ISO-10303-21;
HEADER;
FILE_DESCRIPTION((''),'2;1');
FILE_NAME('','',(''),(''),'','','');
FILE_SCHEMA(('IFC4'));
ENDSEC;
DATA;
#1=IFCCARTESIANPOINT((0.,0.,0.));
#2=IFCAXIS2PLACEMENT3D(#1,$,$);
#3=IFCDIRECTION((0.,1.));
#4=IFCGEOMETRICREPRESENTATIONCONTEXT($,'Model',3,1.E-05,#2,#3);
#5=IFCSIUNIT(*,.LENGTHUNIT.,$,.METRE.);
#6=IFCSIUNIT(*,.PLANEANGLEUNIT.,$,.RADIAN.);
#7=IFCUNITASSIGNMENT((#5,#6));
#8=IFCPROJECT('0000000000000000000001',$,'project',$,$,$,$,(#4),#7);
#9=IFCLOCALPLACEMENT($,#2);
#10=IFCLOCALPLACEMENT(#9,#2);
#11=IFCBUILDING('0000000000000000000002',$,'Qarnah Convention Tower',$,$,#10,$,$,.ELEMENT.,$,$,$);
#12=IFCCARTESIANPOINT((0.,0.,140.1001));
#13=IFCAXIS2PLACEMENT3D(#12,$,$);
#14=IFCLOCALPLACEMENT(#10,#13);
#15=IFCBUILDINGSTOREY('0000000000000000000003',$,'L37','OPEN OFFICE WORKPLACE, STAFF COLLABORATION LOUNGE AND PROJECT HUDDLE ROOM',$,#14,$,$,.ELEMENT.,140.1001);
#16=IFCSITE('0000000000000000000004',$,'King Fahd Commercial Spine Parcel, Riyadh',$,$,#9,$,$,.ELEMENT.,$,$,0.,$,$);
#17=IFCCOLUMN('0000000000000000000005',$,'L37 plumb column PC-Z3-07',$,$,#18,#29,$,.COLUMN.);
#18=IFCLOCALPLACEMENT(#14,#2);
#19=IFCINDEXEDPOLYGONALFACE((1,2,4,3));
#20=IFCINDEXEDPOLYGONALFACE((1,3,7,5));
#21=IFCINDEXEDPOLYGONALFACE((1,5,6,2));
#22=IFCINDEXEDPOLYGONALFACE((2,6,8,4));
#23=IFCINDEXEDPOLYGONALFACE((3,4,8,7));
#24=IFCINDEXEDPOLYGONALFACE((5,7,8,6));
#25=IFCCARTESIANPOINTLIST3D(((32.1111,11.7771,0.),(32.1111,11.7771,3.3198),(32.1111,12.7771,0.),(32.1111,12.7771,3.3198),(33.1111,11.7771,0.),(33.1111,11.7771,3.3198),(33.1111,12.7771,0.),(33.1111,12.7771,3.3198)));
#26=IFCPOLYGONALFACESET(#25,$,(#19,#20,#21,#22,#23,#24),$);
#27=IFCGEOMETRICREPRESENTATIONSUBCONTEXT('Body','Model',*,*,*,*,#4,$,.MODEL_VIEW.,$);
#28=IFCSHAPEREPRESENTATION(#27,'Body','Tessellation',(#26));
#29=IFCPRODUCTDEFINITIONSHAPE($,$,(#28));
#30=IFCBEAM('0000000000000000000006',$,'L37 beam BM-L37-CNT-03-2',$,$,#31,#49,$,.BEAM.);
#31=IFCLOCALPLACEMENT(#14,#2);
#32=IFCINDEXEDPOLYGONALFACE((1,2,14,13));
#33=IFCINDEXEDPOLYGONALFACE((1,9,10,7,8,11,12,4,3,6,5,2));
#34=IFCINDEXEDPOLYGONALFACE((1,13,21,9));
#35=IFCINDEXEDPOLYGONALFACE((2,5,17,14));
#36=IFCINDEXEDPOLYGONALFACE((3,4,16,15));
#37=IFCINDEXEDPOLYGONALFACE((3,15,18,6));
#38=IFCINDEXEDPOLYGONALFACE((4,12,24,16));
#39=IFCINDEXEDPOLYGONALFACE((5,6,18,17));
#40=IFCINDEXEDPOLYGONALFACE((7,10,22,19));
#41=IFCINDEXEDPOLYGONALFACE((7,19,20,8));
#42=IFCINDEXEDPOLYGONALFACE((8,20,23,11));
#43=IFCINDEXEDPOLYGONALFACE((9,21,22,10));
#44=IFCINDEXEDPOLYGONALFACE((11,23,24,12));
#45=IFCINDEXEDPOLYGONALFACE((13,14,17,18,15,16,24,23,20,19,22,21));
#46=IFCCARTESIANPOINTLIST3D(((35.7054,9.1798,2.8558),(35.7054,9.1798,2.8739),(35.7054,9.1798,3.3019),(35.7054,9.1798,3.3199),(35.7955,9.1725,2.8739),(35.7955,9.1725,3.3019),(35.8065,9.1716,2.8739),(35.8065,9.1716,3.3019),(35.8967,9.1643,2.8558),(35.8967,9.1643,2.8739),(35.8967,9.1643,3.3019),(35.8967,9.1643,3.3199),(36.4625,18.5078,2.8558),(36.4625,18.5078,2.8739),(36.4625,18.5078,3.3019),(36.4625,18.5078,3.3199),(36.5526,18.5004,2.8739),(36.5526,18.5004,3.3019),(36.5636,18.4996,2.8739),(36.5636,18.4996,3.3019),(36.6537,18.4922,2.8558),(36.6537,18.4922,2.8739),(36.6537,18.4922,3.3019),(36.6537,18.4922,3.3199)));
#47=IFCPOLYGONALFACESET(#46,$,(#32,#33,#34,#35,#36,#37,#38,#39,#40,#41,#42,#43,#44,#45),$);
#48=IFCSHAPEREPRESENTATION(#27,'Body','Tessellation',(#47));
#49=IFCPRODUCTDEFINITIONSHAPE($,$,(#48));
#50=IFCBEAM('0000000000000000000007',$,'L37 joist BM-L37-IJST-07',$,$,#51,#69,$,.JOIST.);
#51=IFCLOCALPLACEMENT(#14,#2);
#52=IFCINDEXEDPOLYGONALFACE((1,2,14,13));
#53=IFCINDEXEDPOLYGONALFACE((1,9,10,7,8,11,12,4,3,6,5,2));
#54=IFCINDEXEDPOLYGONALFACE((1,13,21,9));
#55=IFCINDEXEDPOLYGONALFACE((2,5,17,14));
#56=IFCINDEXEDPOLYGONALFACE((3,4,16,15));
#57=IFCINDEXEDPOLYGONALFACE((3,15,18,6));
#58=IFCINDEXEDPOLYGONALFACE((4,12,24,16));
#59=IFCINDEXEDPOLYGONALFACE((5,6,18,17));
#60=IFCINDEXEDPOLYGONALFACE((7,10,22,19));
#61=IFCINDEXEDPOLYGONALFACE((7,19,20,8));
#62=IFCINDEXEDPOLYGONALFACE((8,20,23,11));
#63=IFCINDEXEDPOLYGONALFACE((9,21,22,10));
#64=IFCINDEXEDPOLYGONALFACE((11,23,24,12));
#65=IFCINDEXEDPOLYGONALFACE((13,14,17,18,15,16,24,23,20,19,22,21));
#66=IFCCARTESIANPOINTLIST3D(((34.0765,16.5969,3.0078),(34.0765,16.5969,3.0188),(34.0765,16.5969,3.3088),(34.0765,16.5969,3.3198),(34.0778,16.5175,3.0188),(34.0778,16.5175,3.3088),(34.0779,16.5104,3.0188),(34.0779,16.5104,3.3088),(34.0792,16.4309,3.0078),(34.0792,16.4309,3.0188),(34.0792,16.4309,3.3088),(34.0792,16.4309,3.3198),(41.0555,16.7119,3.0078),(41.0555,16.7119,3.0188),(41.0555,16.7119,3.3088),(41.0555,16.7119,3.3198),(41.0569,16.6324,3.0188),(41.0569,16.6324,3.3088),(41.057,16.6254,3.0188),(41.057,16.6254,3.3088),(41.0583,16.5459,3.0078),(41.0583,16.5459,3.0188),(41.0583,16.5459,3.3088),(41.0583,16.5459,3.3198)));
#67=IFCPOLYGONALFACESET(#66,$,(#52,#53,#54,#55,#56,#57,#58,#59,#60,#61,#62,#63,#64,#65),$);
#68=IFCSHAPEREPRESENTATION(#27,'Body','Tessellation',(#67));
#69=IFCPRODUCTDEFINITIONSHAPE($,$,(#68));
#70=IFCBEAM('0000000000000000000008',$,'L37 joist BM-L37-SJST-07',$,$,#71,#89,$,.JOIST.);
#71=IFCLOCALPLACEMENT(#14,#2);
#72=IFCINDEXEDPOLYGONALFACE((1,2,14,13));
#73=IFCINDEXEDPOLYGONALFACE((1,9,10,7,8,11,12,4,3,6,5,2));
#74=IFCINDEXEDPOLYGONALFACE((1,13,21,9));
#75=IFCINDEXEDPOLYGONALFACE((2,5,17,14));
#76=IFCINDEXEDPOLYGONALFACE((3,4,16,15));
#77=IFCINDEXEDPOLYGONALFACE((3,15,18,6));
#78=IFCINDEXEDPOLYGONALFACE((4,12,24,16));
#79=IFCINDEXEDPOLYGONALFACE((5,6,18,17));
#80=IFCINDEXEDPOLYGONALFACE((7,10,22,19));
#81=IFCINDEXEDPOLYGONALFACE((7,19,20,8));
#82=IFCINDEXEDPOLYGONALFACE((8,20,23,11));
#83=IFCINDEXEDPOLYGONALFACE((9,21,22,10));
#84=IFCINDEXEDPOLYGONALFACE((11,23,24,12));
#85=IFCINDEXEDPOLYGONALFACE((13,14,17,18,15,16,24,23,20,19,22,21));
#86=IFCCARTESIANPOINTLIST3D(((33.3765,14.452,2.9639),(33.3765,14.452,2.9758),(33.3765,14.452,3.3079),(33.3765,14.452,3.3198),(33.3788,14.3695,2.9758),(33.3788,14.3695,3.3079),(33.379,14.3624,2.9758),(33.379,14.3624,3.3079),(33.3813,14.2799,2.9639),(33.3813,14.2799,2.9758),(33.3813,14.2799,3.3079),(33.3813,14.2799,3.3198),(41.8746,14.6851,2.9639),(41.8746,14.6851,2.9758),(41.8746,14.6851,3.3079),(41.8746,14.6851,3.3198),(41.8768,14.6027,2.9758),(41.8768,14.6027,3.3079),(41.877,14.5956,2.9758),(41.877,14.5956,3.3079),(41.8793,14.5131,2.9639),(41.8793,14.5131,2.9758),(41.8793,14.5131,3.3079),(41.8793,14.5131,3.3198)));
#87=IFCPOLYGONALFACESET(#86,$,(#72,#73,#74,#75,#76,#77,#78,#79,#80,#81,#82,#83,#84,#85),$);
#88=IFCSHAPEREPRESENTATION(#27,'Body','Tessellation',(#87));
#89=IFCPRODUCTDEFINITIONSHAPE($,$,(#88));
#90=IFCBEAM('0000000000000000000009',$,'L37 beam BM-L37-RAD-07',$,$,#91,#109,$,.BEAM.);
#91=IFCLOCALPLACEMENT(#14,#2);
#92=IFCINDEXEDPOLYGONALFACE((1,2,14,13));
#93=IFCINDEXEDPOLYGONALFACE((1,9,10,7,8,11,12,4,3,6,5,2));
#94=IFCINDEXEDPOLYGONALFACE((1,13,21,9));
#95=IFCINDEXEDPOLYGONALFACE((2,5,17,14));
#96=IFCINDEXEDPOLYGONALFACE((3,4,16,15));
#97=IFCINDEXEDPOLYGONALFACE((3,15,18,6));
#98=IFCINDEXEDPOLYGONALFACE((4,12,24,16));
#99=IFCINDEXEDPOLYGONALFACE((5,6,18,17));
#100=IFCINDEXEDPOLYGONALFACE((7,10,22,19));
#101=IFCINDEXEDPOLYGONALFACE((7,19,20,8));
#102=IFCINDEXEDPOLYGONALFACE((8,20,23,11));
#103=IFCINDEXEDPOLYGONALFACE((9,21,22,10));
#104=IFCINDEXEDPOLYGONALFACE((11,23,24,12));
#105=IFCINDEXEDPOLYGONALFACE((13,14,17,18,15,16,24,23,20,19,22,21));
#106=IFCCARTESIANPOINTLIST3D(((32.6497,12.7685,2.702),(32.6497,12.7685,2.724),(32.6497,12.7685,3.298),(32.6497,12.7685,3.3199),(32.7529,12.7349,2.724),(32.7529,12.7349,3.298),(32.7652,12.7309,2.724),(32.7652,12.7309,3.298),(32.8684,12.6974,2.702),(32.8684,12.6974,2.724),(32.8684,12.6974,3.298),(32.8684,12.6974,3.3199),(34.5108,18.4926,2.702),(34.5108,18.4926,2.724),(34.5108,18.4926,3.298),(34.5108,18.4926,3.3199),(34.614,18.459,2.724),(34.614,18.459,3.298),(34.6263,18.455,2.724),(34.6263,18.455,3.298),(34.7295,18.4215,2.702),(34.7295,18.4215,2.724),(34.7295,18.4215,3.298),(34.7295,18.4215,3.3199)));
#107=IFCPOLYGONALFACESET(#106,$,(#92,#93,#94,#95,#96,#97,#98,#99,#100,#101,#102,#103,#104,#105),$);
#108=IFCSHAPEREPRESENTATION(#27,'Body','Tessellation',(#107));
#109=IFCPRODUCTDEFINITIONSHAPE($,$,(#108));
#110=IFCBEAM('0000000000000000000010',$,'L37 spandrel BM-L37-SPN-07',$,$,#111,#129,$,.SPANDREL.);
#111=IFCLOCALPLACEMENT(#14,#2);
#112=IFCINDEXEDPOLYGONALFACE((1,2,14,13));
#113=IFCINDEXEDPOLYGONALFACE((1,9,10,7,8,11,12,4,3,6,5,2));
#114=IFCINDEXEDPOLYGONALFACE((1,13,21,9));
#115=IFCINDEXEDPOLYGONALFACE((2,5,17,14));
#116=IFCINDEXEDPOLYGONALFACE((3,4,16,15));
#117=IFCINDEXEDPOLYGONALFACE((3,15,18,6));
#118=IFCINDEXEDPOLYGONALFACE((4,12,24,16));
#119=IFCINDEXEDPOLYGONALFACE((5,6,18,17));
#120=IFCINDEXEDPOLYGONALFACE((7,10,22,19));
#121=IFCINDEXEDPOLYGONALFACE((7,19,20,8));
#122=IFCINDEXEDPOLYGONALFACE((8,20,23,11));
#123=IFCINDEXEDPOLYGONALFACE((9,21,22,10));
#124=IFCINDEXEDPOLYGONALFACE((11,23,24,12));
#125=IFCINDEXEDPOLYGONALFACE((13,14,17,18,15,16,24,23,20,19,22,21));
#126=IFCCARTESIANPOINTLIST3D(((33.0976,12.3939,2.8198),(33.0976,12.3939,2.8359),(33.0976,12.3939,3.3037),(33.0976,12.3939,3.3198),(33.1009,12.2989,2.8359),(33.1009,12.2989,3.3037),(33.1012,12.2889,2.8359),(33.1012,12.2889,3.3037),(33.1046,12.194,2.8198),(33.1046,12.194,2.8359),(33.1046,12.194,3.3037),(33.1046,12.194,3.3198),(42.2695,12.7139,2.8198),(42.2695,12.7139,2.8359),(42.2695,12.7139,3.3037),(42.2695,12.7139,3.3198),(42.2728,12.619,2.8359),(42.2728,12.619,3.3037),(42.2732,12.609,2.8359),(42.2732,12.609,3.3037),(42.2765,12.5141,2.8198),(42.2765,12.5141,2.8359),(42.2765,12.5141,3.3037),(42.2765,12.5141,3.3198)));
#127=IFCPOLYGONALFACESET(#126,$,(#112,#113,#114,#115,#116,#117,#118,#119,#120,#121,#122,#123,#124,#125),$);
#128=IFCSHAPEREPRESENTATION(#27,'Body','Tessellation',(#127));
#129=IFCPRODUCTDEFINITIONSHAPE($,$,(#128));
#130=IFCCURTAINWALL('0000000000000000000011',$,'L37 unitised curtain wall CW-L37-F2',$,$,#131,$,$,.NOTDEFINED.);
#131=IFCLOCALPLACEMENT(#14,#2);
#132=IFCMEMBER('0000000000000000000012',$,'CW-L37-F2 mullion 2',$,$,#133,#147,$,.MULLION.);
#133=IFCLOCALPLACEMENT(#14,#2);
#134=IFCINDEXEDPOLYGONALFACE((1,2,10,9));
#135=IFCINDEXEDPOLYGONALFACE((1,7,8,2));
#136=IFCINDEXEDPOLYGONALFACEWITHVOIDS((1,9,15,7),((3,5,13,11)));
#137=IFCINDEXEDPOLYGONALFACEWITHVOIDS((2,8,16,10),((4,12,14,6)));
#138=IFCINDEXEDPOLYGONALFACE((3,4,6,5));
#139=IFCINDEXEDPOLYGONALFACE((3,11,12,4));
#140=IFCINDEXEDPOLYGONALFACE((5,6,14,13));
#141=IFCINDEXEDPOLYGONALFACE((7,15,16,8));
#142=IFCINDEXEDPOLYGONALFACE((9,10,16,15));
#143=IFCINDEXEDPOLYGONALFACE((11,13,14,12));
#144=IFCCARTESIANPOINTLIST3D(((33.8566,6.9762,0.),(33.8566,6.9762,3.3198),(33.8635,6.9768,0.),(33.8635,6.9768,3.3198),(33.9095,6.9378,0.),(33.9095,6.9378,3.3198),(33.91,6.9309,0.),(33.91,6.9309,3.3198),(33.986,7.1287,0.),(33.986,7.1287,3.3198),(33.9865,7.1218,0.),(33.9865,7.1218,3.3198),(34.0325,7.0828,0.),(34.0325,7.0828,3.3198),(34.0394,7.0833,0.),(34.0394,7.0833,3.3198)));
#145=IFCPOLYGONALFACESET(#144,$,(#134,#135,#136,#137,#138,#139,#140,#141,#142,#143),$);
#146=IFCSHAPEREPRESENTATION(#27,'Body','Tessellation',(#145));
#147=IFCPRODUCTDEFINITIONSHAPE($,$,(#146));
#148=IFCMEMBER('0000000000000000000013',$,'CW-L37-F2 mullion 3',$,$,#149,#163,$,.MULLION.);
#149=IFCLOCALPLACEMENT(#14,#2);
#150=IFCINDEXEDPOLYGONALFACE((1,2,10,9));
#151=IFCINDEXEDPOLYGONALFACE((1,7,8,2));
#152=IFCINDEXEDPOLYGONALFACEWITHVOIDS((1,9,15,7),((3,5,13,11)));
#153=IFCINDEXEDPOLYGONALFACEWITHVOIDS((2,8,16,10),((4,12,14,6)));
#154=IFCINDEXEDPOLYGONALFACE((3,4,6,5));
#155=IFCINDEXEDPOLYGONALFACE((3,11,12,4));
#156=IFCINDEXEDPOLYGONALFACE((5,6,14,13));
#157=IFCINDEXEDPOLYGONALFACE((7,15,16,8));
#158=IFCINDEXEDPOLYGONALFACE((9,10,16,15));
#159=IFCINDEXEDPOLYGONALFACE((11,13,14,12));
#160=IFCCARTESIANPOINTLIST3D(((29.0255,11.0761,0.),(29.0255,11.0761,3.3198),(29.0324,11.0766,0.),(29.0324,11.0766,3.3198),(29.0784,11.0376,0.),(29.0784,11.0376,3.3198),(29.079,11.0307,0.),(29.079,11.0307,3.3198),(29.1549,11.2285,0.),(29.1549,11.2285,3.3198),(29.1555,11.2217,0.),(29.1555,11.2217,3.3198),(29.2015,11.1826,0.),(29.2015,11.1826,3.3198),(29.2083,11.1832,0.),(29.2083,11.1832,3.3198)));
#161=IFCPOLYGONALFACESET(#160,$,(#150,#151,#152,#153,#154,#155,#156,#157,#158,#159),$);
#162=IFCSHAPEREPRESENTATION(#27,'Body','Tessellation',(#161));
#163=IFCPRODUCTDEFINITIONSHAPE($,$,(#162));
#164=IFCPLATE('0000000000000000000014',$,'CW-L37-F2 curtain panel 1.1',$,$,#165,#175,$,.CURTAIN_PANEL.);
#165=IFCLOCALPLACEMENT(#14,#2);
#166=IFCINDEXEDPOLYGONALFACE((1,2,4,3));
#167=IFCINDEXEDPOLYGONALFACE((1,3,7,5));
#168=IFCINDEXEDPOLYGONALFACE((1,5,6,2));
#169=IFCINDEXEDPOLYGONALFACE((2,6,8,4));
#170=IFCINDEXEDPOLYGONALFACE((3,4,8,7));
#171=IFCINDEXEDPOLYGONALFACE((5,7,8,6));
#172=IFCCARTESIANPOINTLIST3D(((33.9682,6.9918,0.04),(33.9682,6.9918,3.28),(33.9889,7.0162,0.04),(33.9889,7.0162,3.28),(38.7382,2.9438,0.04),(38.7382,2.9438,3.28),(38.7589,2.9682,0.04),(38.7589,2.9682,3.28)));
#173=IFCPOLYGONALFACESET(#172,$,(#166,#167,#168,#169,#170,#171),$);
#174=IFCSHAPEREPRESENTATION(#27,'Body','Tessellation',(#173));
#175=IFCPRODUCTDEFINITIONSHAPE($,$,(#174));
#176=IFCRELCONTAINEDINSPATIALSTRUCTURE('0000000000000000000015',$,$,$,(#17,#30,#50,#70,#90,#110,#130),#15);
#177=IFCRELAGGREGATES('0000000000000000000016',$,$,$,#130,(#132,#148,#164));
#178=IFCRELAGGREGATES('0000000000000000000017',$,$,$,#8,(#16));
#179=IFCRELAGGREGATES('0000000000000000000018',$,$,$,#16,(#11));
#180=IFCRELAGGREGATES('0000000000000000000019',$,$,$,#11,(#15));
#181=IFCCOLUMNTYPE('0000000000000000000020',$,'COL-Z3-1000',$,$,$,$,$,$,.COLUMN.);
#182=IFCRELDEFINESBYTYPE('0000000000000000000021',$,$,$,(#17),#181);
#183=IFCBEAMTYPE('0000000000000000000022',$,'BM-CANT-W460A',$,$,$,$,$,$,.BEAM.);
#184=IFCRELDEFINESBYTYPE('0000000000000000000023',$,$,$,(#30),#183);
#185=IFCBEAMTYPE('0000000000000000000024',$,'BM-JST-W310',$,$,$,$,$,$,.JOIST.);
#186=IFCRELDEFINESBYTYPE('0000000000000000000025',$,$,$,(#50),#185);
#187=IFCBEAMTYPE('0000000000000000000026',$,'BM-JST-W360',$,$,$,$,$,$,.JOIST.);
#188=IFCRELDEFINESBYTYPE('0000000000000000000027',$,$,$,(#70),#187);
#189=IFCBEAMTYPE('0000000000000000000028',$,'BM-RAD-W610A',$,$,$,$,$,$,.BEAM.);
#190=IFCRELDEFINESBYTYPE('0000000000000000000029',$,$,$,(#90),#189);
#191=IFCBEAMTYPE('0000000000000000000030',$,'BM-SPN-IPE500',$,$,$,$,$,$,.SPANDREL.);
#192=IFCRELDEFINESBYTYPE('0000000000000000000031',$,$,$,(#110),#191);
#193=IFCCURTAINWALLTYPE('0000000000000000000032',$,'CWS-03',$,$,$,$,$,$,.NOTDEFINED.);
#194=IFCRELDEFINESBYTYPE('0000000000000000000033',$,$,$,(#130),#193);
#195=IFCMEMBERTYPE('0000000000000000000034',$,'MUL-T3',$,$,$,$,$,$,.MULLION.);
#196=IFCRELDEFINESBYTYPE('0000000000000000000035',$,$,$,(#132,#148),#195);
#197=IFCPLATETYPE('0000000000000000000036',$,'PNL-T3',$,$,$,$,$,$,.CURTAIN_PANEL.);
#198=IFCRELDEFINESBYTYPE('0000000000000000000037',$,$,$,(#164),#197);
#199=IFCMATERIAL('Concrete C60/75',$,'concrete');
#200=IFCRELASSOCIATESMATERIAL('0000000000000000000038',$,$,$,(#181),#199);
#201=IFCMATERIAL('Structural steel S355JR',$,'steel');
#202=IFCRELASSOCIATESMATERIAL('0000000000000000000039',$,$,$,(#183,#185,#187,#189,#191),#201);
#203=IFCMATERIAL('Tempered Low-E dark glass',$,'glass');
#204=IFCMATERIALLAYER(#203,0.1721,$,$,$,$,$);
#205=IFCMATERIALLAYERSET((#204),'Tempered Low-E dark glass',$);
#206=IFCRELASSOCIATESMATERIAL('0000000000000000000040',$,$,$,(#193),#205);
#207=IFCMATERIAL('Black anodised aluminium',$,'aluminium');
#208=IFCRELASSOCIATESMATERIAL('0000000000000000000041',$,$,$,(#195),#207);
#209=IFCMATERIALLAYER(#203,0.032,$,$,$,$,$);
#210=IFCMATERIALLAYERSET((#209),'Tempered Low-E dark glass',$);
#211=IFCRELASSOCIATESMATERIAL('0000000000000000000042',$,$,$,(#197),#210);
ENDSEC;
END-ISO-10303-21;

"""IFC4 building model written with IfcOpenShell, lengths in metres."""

from ifc_helpers import new_model, si_unit, direction, frame, origin, origin_2d, place, context, subcontext, project, spatial, rectangle, hollow_rectangle, i_section, extrude, material, layer, layer_set, material_profile, profile_set, type_object, element, aggregate, save


model = new_model("IFC4")

# Units and contexts
model_context = context("Model", 3, precision=1e-05, world=origin(), true_north=direction((0.0, 1.0)))
body_context = subcontext(model_context, "Body", "Model", "MODEL_VIEW")
ifc_project = project(units=[si_unit("LENGTHUNIT", "METRE"), si_unit("PLANEANGLEUNIT", "RADIAN")], contexts=[model_context])

# Site, building, storey
site_placement = place(None, origin())
site = spatial("IfcSite", under=ifc_project, at=site_placement, Name="King Fahd Commercial Spine Parcel, Riyadh", CompositionType="ELEMENT", RefElevation=0.0)
building_placement = place(site_placement, origin())
building = spatial("IfcBuilding", under=site, at=building_placement, Name="Qarnah Convention Tower", CompositionType="ELEMENT")
storey_placement = place(building_placement, frame((0.0, 0.0, 140.1001)))
storey = spatial("IfcBuildingStorey", under=building, at=storey_placement, Name="L37", Description="OPEN OFFICE WORKPLACE, STAFF COLLABORATION LOUNGE AND PROJECT HUDDLE ROOM", CompositionType="ELEMENT", Elevation=140.1001)

# Column
ifc_material_1 = material(Name="Concrete C60/75", Category="concrete")
ifc_material_profile_1 = material_profile(ifc_material_1, rectangle(XDim=1.0, YDim=1.0, at=origin_2d()), Name="RC-COL-1000X1000")
ifc_profile_set_1 = profile_set([ifc_material_profile_1], Name="Concrete C60/75")
column_type = type_object("IfcColumnType", Name="COL-Z3-1000", PredefinedType="COLUMN", material=ifc_profile_set_1)
column_placement = place(storey_placement, frame((32.6111, 12.2771, 0.0), z_axis=(0.0, 0.0, 1.0), x_axis=(1.0, 0.0, 0.0)))
element("IfcColumn", 1, at=column_placement, inside=storey, type_object=column_type, Name="L37 plumb column PC-Z3-07", PredefinedType="COLUMN", context=body_context, shape_type="SweptSolid", body=[
    extrude(rectangle(XDim=1.0, YDim=1.0, at=origin_2d()), origin(), (0.0, 0.0, 1.0), 3.3198),
])

# Beams
ifc_material_2 = material(Name="Structural steel S355JR", Category="steel")
ifc_material_profile_2 = material_profile(ifc_material_2, i_section(OverallWidth=0.1919, OverallDepth=0.4641, WebThickness=0.011, FlangeThickness=0.0181, at=origin_2d()), Name="W460X89")
ifc_profile_set_2 = profile_set([ifc_material_profile_2], Name="Structural steel S355JR")
beam_type_1 = type_object("IfcBeamType", Name="BM-CANT-W460A", PredefinedType="BEAM", material=ifc_profile_set_2)
beam_1_placement = place(storey_placement, frame((36.5581, 18.5, 3.0879), z_axis=(-0.080897, -0.996722, 0.0), x_axis=(0.996722, -0.080897, 0.0)))
element("IfcBeam", 2, at=beam_1_placement, inside=storey, type_object=beam_type_1, Name="L37 beam BM-L37-CNT-03-2", PredefinedType="BEAM", context=body_context, shape_type="SweptSolid", body=[
    extrude(i_section(OverallWidth=0.1919, OverallDepth=0.4641, WebThickness=0.011, FlangeThickness=0.0181, at=origin_2d()), origin(), (0.0, 0.0, 1.0), 9.3586),
])
ifc_material_profile_3 = material_profile(ifc_material_2, i_section(OverallWidth=0.166, OverallDepth=0.312, WebThickness=0.0071, FlangeThickness=0.011, at=origin_2d()), Name="W310X45")
ifc_profile_set_3 = profile_set([ifc_material_profile_3], Name="Structural steel S355JR")
beam_type_2 = type_object("IfcBeamType", Name="BM-JST-W310", PredefinedType="JOIST", material=ifc_profile_set_3)
beam_2_placement = place(storey_placement, frame((34.0779, 16.5139, 3.1638), z_axis=(0.999864, 0.016474, 0.0), x_axis=(-0.016474, 0.999864, 0.0)))
element("IfcBeam", 3, at=beam_2_placement, inside=storey, type_object=beam_type_2, Name="L37 joist BM-L37-IJST-07", PredefinedType="JOIST", context=body_context, shape_type="SweptSolid", body=[
    extrude(i_section(OverallWidth=0.166, OverallDepth=0.312, WebThickness=0.0071, FlangeThickness=0.011, at=origin_2d()), origin(), (0.0, 0.0, 1.0), 6.98),
])
ifc_material_profile_4 = material_profile(ifc_material_2, i_section(OverallWidth=0.1721, OverallDepth=0.356, WebThickness=0.0071, FlangeThickness=0.012, at=origin_2d()), Name="W360X51")
ifc_profile_set_4 = profile_set([ifc_material_profile_4], Name="Structural steel S355JR")
beam_type_3 = type_object("IfcBeamType", Name="BM-JST-W360", PredefinedType="JOIST", material=ifc_profile_set_4)
beam_3_placement = place(storey_placement, frame((33.3789, 14.366, 3.1418), z_axis=(0.999624, 0.027426, 0.0), x_axis=(-0.027426, 0.999624, 0.0)))
element("IfcBeam", 4, at=beam_3_placement, inside=storey, type_object=beam_type_3, Name="L37 joist BM-L37-SJST-07", PredefinedType="JOIST", context=body_context, shape_type="SweptSolid", body=[
    extrude(i_section(OverallWidth=0.1721, OverallDepth=0.356, WebThickness=0.0071, FlangeThickness=0.012, at=origin_2d()), origin(), (0.0, 0.0, 1.0), 8.5012),
])
ifc_material_profile_5 = material_profile(ifc_material_2, i_section(OverallWidth=0.23, OverallDepth=0.6179, WebThickness=0.0129, FlangeThickness=0.022, at=origin_2d()), Name="W610X140")
ifc_profile_set_5 = profile_set([ifc_material_profile_5], Name="Structural steel S355JR")
beam_type_4 = type_object("IfcBeamType", Name="BM-RAD-W610A", PredefinedType="BEAM", material=ifc_profile_set_5)
beam_4_placement = place(storey_placement, frame((34.6201, 18.457, 3.011), z_axis=(-0.309198, -0.950998, 0.0), x_axis=(0.950998, -0.309198, 0.0)))
element("IfcBeam", 5, at=beam_4_placement, inside=storey, type_object=beam_type_4, Name="L37 beam BM-L37-RAD-07", PredefinedType="BEAM", context=body_context, shape_type="SweptSolid", body=[
    extrude(i_section(OverallWidth=0.23, OverallDepth=0.6179, WebThickness=0.0129, FlangeThickness=0.022, at=origin_2d()), origin(), (0.0, 0.0, 1.0), 6.019),
])
ifc_material_profile_6 = material_profile(ifc_material_2, i_section(OverallWidth=0.2, OverallDepth=0.5, WebThickness=0.01, FlangeThickness=0.0161, at=origin_2d()), Name="IPE500")
ifc_profile_set_6 = profile_set([ifc_material_profile_6], Name="Structural steel S355JR")
beam_type_5 = type_object("IfcBeamType", Name="BM-SPN-IPE500", PredefinedType="SPANDREL", material=ifc_profile_set_6)
beam_5_placement = place(storey_placement, frame((33.1011, 12.2939, 3.0698), z_axis=(0.999392, 0.034875, 0.0), x_axis=(-0.034875, 0.999392, 0.0)))
element("IfcBeam", 6, at=beam_5_placement, inside=storey, type_object=beam_type_5, Name="L37 spandrel BM-L37-SPN-07", PredefinedType="SPANDREL", context=body_context, shape_type="SweptSolid", body=[
    extrude(i_section(OverallWidth=0.2, OverallDepth=0.5, WebThickness=0.01, FlangeThickness=0.0161, at=origin_2d()), origin(), (0.0, 0.0, 1.0), 9.1775),
])

# Curtain wall, members, plate
ifc_material_3 = material(Name="Tempered Low-E dark glass", Category="glass")
ifc_layer_1 = layer(ifc_material_3, 0.1721)
ifc_layer_set_1 = layer_set([ifc_layer_1], Name="Tempered Low-E dark glass")
curtain_wall_type = type_object("IfcCurtainWallType", Name="CWS-03", PredefinedType="NOTDEFINED", material=ifc_layer_set_1)
curtain_wall_placement = place(storey_placement, origin())
curtain_wall = element("IfcCurtainWall", 7, at=curtain_wall_placement, inside=storey, type_object=curtain_wall_type, Name="L37 unitised curtain wall CW-L37-F2", PredefinedType="NOTDEFINED")
ifc_material_4 = material(Name="Black anodised aluminium", Category="aluminium")
ifc_material_profile_7 = material_profile(ifc_material_4, hollow_rectangle(XDim=0.0701, YDim=0.2, WallThickness=0.0049, at=origin_2d()), Name="MUL-70X200")
ifc_profile_set_7 = profile_set([ifc_material_profile_7], Name="Black anodised aluminium")
member_type = type_object("IfcMemberType", Name="MUL-T3", PredefinedType="MULLION", material=ifc_profile_set_7)
member_1_placement = place(storey_placement, frame((33.948, 7.0298, 0.0), z_axis=(0.0, 0.0, 1.0), x_axis=(-0.762449, 0.647048, 0.0)))
member_1 = element("IfcMember", 8, at=member_1_placement, type_object=member_type, Name="CW-L37-F2 mullion 2", PredefinedType="MULLION", context=body_context, shape_type="SweptSolid", body=[
    extrude(hollow_rectangle(XDim=0.0701, YDim=0.2, WallThickness=0.0049, at=origin_2d()), origin(), (0.0, 0.0, 1.0), 3.3198),
])
member_2_placement = place(storey_placement, frame((29.1169, 11.1296, 0.0), z_axis=(0.0, 0.0, 1.0), x_axis=(-0.762449, 0.647048, 0.0)))
member_2 = element("IfcMember", 9, at=member_2_placement, type_object=member_type, Name="CW-L37-F2 mullion 3", PredefinedType="MULLION", context=body_context, shape_type="SweptSolid", body=[
    extrude(hollow_rectangle(XDim=0.0701, YDim=0.2, WallThickness=0.0049, at=origin_2d()), origin(), (0.0, 0.0, 1.0), 3.3198),
])
ifc_layer_2 = layer(ifc_material_3, 0.032)
ifc_layer_set_2 = layer_set([ifc_layer_2], Name="Tempered Low-E dark glass")
plate_type = type_object("IfcPlateType", Name="PNL-T3", PredefinedType="CURTAIN_PANEL", material=ifc_layer_set_2)
plate_1_placement = place(storey_placement, frame((36.3635, 4.98, 0.04), z_axis=(0.0, 0.0, 1.0), x_axis=(-0.762449, 0.647048, 0.0)))
plate_1 = element("IfcPlate", 10, at=plate_1_placement, type_object=plate_type, Name="CW-L37-F2 curtain panel 1.1", PredefinedType="CURTAIN_PANEL", context=body_context, shape_type="SweptSolid", body=[
    extrude(rectangle(XDim=6.2561, YDim=0.032, at=origin_2d()), origin(), (0.0, 0.0, 1.0), 3.24),
])
aggregate(curtain_wall, [member_1, member_2, plate_1])

save(model, "model.ifc")
